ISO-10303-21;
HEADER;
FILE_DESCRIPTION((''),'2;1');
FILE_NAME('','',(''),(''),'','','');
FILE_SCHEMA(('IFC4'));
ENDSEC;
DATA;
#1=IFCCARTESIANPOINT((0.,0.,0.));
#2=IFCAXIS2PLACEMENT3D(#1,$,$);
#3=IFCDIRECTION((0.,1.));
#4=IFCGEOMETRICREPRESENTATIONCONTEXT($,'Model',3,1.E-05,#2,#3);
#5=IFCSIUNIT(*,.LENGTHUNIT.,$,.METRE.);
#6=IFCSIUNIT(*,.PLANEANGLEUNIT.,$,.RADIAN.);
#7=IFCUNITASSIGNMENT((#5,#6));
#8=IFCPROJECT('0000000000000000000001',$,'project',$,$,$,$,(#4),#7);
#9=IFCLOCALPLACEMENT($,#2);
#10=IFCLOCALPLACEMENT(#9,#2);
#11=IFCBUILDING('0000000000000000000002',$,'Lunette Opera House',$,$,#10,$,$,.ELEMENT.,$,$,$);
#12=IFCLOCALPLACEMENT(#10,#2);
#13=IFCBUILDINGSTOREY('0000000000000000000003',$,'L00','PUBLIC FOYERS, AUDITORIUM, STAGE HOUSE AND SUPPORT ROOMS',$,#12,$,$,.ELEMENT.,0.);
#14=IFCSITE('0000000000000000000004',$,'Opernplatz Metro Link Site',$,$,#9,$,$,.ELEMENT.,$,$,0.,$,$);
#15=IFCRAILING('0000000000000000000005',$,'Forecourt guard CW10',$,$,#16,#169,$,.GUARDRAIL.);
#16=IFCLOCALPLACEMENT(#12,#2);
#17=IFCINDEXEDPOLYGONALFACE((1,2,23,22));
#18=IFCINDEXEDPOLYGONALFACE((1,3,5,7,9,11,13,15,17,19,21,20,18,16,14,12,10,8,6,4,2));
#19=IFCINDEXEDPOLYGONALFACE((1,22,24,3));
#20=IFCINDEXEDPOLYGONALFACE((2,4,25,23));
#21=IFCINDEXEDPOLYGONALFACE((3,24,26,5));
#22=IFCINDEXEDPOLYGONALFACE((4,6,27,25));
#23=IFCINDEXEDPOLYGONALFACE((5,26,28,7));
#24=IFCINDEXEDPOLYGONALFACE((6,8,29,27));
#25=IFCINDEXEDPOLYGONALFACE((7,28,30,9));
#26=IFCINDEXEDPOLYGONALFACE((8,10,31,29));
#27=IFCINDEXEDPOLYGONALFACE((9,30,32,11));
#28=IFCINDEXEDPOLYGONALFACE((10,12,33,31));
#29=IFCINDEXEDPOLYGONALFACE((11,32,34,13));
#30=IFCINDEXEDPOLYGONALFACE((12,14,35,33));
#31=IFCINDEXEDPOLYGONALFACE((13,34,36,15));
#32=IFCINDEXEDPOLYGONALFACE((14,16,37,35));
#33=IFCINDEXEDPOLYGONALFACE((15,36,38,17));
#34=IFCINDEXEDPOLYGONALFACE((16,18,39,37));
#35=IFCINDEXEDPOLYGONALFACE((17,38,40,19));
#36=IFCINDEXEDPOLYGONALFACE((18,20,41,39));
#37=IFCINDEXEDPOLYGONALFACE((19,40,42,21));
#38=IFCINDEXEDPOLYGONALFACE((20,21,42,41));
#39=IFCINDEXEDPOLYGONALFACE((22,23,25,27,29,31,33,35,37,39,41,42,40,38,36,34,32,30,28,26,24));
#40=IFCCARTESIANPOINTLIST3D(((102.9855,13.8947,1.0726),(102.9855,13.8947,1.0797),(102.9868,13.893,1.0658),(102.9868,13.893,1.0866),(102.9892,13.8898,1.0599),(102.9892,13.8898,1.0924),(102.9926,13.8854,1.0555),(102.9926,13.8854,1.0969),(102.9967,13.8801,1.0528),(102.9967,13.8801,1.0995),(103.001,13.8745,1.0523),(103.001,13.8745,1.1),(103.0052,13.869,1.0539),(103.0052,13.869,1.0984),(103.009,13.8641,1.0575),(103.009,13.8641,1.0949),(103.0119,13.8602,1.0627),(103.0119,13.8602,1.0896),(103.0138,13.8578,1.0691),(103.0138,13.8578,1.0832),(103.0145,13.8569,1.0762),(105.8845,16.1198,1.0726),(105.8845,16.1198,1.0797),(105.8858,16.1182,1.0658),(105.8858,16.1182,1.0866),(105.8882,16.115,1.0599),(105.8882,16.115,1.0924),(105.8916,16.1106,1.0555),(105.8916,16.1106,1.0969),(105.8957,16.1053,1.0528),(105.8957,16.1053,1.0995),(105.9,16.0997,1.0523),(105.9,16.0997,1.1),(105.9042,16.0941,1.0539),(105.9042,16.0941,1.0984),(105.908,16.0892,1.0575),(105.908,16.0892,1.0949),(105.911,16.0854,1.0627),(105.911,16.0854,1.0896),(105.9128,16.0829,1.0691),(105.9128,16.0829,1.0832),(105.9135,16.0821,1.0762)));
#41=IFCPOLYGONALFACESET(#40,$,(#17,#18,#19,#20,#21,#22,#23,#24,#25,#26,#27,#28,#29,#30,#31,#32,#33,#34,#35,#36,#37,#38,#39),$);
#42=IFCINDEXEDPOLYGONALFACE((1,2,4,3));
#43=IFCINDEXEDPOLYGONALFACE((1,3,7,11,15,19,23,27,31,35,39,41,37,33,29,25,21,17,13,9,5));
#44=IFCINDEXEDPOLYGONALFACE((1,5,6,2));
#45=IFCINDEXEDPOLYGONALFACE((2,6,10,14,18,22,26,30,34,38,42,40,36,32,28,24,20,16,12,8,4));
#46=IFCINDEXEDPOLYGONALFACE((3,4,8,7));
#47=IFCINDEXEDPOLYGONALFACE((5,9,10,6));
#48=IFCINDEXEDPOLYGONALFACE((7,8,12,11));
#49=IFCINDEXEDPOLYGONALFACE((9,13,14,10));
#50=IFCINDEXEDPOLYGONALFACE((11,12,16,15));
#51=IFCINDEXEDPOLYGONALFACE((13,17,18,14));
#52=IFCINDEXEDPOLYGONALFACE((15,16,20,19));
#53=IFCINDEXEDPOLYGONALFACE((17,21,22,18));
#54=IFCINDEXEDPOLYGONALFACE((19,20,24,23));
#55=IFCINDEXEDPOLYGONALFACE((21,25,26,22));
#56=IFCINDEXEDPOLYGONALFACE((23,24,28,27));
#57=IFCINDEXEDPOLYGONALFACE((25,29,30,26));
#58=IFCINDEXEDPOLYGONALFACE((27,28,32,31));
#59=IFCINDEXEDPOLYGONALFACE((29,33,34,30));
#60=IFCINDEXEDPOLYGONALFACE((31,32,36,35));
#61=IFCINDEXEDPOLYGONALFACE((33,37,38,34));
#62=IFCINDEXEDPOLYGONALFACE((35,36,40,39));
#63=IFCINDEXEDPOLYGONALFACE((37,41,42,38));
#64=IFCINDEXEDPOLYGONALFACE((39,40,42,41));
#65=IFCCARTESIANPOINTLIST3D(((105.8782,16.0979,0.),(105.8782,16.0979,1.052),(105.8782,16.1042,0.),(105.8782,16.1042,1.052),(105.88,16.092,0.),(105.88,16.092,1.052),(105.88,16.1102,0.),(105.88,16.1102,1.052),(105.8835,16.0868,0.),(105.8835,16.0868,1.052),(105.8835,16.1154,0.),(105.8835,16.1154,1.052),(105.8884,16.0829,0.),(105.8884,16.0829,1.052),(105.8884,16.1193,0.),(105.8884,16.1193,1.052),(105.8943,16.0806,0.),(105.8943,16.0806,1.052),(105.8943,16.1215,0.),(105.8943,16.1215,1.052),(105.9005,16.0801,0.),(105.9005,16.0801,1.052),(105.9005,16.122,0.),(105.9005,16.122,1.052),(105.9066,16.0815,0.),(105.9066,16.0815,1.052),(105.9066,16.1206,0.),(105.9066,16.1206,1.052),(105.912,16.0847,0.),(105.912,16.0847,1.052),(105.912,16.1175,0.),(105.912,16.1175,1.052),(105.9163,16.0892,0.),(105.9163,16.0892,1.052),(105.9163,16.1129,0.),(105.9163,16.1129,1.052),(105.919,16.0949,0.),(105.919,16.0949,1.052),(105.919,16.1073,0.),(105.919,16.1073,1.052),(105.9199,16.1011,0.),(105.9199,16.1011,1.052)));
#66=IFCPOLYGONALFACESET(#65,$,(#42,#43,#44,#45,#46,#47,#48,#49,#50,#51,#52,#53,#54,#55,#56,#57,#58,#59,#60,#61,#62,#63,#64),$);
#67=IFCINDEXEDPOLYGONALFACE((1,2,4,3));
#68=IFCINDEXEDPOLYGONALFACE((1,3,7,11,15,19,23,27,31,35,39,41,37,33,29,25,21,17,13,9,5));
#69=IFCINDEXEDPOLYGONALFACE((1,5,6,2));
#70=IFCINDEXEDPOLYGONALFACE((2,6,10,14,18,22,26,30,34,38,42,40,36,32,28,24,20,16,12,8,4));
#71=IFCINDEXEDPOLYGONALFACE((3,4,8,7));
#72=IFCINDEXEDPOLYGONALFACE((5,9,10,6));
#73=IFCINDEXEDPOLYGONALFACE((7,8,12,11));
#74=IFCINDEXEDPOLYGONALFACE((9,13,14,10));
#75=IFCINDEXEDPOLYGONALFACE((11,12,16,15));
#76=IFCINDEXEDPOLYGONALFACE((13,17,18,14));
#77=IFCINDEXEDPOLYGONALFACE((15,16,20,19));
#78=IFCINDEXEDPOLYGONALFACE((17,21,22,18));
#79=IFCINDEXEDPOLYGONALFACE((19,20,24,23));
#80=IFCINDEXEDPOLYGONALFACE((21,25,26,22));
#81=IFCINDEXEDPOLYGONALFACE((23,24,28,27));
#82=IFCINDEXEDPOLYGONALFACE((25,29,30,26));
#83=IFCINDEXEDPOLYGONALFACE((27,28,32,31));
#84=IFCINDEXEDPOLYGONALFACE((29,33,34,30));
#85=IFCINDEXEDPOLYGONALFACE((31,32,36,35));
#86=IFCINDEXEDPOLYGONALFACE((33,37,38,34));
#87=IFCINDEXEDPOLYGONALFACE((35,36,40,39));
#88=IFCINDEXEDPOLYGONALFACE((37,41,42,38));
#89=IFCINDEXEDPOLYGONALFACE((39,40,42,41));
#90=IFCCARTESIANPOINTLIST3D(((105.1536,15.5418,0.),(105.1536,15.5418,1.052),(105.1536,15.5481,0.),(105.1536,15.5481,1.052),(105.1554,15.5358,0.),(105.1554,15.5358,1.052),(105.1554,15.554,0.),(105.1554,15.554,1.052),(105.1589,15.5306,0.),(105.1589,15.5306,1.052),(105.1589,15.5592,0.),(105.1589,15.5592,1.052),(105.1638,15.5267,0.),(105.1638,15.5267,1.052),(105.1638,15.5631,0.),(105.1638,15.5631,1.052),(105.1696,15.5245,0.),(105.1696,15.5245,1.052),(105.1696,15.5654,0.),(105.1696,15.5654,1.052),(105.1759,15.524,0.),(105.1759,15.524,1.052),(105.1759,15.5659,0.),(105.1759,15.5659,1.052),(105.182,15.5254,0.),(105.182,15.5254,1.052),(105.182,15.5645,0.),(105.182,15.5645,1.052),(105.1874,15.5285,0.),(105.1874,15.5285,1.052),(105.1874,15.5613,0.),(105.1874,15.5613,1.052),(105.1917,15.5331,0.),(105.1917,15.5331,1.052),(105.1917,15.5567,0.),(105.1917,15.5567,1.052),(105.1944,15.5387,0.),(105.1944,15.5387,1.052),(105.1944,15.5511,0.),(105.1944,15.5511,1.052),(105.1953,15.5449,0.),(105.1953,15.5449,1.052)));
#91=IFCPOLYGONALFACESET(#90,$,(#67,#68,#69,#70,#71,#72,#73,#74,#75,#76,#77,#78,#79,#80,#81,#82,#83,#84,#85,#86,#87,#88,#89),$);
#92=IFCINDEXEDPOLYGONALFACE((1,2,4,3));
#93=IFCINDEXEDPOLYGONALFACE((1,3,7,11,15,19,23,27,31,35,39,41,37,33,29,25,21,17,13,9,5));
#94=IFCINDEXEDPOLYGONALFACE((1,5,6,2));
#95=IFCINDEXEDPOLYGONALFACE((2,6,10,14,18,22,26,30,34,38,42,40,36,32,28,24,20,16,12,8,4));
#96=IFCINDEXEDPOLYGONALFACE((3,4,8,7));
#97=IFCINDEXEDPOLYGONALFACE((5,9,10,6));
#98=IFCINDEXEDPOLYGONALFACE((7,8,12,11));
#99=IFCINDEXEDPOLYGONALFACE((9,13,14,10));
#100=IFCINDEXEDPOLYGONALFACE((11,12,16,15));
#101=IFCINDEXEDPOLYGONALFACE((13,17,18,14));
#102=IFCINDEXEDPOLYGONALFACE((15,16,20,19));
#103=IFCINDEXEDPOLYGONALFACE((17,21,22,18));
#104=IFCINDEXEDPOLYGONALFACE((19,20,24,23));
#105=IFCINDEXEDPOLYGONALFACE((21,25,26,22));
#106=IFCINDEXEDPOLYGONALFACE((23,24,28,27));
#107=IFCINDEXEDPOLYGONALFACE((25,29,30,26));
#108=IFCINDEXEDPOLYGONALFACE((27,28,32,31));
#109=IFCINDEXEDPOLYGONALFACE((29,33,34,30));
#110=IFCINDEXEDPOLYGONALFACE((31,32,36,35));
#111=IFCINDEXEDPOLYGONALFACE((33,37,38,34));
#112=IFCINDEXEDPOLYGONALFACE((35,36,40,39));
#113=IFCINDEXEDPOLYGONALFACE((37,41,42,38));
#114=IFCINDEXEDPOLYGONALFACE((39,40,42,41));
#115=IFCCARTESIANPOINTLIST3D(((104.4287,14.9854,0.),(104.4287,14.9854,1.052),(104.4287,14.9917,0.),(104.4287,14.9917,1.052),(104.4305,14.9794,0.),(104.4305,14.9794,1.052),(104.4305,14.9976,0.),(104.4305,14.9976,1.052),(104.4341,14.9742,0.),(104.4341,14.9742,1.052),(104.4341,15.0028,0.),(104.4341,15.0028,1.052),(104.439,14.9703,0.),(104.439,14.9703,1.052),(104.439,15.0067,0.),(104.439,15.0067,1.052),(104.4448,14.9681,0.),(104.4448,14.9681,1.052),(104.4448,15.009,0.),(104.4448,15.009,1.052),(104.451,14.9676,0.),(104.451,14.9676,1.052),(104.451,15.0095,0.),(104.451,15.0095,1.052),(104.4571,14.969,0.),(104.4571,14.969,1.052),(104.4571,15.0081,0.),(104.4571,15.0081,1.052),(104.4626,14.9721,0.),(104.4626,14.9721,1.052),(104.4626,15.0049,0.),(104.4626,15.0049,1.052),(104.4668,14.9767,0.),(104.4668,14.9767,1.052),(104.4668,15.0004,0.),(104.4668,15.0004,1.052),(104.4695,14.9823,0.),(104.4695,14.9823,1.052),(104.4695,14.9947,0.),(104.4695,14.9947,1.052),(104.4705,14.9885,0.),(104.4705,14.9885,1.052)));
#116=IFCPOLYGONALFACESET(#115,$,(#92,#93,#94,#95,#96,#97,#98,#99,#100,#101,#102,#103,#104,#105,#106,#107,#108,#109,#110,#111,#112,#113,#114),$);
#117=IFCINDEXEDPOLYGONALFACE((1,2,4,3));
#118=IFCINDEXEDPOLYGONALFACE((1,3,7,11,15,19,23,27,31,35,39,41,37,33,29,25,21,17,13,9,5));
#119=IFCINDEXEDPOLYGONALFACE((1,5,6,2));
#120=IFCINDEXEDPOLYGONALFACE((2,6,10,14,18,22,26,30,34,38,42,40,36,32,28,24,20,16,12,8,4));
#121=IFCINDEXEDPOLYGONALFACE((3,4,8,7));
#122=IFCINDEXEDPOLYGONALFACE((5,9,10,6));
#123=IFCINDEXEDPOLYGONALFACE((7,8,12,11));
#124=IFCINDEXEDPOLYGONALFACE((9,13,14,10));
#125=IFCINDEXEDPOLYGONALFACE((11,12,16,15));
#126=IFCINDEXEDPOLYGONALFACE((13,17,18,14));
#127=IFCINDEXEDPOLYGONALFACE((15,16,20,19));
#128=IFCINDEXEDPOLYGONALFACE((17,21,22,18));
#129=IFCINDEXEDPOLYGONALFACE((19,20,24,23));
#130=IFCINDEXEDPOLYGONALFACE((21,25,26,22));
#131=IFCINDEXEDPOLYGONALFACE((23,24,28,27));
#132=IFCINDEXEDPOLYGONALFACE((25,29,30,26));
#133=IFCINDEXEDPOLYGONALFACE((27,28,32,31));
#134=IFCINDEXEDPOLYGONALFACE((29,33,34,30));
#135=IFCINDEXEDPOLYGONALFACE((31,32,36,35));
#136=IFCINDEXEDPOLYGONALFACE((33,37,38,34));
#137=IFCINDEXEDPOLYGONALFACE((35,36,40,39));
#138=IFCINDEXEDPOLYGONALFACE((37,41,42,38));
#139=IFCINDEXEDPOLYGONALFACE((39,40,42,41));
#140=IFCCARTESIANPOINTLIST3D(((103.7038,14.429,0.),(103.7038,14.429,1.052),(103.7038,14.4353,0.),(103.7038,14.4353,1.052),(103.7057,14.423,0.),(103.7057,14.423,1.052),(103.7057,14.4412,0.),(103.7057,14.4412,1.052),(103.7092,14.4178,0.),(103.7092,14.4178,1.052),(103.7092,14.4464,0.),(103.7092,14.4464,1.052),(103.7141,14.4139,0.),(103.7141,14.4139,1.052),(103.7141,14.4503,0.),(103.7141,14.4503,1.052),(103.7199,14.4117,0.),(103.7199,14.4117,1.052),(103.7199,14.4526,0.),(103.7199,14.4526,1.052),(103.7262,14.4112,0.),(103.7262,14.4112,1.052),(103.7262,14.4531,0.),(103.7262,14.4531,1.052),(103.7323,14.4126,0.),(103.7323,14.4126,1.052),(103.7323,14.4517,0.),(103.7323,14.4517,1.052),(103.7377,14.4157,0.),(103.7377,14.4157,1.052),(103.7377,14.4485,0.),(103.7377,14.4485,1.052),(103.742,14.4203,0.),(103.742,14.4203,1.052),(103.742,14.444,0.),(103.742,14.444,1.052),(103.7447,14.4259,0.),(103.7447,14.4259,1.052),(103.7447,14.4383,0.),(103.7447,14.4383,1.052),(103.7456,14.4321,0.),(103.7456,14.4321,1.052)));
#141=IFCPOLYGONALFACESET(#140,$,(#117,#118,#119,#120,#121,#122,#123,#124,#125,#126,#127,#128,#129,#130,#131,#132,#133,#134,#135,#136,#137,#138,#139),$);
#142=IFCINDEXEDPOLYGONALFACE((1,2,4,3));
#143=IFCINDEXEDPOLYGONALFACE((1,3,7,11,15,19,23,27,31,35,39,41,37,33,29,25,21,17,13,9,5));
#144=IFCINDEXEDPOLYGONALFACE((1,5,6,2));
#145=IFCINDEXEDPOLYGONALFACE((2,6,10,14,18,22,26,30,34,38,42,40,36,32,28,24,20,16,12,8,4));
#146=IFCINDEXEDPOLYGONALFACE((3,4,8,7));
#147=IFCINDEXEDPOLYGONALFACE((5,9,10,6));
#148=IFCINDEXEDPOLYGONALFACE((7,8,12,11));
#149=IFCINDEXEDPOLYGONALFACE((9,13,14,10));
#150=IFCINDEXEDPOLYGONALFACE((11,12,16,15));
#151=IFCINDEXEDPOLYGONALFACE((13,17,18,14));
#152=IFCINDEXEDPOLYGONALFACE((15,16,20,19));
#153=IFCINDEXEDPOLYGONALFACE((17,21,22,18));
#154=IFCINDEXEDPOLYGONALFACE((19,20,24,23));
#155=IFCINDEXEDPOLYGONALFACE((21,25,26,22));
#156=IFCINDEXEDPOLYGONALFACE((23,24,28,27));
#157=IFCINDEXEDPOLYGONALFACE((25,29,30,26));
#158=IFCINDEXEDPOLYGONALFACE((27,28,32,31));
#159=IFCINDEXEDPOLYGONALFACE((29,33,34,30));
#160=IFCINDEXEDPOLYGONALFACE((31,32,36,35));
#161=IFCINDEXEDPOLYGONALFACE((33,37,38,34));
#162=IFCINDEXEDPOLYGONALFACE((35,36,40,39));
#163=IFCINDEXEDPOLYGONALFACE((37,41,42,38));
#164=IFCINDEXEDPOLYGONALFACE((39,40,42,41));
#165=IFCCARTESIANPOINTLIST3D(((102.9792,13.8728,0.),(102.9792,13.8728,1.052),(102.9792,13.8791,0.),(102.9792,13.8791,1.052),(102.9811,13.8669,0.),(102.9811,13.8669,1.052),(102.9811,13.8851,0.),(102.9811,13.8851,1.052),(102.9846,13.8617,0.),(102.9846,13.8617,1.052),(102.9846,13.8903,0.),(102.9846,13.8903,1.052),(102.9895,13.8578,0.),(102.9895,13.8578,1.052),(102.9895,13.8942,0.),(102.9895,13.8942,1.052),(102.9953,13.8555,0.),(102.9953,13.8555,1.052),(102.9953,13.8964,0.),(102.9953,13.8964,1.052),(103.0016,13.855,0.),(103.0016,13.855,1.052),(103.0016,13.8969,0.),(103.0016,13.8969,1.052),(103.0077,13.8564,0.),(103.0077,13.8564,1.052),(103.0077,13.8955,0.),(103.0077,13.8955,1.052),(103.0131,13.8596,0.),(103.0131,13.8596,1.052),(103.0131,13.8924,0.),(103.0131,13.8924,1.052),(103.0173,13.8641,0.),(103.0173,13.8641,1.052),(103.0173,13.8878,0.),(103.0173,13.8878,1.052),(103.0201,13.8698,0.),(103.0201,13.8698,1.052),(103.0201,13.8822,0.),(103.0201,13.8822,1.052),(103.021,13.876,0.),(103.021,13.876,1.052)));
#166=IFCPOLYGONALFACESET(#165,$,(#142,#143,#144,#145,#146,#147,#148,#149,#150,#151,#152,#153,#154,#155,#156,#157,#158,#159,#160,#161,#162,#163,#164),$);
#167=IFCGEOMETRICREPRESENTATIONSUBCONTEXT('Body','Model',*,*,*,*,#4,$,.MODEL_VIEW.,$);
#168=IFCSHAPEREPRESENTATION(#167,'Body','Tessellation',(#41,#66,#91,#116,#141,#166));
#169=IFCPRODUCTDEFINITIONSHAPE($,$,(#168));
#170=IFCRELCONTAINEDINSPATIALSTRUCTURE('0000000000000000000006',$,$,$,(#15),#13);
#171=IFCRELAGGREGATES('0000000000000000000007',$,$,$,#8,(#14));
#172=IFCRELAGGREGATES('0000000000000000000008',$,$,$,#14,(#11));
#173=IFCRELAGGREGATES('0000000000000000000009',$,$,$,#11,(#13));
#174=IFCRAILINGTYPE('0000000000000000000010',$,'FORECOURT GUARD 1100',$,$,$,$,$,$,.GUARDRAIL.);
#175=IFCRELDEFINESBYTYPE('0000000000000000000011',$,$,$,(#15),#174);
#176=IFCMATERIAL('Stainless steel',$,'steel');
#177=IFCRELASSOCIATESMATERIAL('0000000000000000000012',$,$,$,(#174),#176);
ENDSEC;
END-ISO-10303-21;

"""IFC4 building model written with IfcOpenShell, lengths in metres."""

from ifc_helpers import new_model, si_unit, direction, frame, origin, origin_2d, place, context, subcontext, project, spatial, circle, extrude, material, type_object, element, save


model = new_model("IFC4")

# Units and contexts
model_context = context("Model", 3, precision=1e-05, world=origin(), true_north=direction((0.0, 1.0)))
body_context = subcontext(model_context, "Body", "Model", "MODEL_VIEW")
ifc_project = project(units=[si_unit("LENGTHUNIT", "METRE"), si_unit("PLANEANGLEUNIT", "RADIAN")], contexts=[model_context])

# Site, building, storey
site_placement = place(None, origin())
site = spatial("IfcSite", under=ifc_project, at=site_placement, Name="Opernplatz Metro Link Site", CompositionType="ELEMENT", RefElevation=0.0)
building_placement = place(site_placement, origin())
building = spatial("IfcBuilding", under=site, at=building_placement, Name="Lunette Opera House", CompositionType="ELEMENT")
storey_placement = place(building_placement, origin())
storey = spatial("IfcBuildingStorey", under=building, at=storey_placement, Name="L00", Description="PUBLIC FOYERS, AUDITORIUM, STAGE HOUSE AND SUPPORT ROOMS", CompositionType="ELEMENT", Elevation=0.0)

# Railing
ifc_material_1 = material(Name="Stainless steel", Category="steel")
railing_type = type_object("IfcRailingType", Name="FORECOURT GUARD 1100", PredefinedType="GUARDRAIL", material=ifc_material_1)
railing_1_placement = place(storey_placement, frame((105.8989, 16.1011, 0.0)))
element("IfcRailing", 1, at=railing_1_placement, inside=storey, type_object=railing_type, Name="Forecourt guard CW10", PredefinedType="GUARDRAIL", context=body_context, shape_type="SweptSolid", body=[
    extrude(circle(Radius=0.0239, at=origin_2d()), frame((0.0, 0.0, 1.0762), z_axis=(-0.793264, -0.608877, 0.0), x_axis=(0.608877, -0.793264, 0.0)), (0.0, 0.0, 1.0), 3.6545),
    extrude(circle(Radius=0.021, at=origin_2d()), origin(), (0.0, 0.0, 1.0), 1.052),
    extrude(circle(Radius=0.021, at=origin_2d()), frame((-0.7246, -0.5562, 0.0)), (0.0, 0.0, 1.0), 1.052),
    extrude(circle(Radius=0.021, at=origin_2d()), frame((-1.4495, -1.1125, 0.0)), (0.0, 0.0, 1.0), 1.052),
    extrude(circle(Radius=0.021, at=origin_2d()), frame((-2.1743, -1.6689, 0.0)), (0.0, 0.0, 1.0), 1.052),
    extrude(circle(Radius=0.021, at=origin_2d()), frame((-2.8989, -2.2251, 0.0)), (0.0, 0.0, 1.0), 1.052),
])

save(model, "model.ifc")
